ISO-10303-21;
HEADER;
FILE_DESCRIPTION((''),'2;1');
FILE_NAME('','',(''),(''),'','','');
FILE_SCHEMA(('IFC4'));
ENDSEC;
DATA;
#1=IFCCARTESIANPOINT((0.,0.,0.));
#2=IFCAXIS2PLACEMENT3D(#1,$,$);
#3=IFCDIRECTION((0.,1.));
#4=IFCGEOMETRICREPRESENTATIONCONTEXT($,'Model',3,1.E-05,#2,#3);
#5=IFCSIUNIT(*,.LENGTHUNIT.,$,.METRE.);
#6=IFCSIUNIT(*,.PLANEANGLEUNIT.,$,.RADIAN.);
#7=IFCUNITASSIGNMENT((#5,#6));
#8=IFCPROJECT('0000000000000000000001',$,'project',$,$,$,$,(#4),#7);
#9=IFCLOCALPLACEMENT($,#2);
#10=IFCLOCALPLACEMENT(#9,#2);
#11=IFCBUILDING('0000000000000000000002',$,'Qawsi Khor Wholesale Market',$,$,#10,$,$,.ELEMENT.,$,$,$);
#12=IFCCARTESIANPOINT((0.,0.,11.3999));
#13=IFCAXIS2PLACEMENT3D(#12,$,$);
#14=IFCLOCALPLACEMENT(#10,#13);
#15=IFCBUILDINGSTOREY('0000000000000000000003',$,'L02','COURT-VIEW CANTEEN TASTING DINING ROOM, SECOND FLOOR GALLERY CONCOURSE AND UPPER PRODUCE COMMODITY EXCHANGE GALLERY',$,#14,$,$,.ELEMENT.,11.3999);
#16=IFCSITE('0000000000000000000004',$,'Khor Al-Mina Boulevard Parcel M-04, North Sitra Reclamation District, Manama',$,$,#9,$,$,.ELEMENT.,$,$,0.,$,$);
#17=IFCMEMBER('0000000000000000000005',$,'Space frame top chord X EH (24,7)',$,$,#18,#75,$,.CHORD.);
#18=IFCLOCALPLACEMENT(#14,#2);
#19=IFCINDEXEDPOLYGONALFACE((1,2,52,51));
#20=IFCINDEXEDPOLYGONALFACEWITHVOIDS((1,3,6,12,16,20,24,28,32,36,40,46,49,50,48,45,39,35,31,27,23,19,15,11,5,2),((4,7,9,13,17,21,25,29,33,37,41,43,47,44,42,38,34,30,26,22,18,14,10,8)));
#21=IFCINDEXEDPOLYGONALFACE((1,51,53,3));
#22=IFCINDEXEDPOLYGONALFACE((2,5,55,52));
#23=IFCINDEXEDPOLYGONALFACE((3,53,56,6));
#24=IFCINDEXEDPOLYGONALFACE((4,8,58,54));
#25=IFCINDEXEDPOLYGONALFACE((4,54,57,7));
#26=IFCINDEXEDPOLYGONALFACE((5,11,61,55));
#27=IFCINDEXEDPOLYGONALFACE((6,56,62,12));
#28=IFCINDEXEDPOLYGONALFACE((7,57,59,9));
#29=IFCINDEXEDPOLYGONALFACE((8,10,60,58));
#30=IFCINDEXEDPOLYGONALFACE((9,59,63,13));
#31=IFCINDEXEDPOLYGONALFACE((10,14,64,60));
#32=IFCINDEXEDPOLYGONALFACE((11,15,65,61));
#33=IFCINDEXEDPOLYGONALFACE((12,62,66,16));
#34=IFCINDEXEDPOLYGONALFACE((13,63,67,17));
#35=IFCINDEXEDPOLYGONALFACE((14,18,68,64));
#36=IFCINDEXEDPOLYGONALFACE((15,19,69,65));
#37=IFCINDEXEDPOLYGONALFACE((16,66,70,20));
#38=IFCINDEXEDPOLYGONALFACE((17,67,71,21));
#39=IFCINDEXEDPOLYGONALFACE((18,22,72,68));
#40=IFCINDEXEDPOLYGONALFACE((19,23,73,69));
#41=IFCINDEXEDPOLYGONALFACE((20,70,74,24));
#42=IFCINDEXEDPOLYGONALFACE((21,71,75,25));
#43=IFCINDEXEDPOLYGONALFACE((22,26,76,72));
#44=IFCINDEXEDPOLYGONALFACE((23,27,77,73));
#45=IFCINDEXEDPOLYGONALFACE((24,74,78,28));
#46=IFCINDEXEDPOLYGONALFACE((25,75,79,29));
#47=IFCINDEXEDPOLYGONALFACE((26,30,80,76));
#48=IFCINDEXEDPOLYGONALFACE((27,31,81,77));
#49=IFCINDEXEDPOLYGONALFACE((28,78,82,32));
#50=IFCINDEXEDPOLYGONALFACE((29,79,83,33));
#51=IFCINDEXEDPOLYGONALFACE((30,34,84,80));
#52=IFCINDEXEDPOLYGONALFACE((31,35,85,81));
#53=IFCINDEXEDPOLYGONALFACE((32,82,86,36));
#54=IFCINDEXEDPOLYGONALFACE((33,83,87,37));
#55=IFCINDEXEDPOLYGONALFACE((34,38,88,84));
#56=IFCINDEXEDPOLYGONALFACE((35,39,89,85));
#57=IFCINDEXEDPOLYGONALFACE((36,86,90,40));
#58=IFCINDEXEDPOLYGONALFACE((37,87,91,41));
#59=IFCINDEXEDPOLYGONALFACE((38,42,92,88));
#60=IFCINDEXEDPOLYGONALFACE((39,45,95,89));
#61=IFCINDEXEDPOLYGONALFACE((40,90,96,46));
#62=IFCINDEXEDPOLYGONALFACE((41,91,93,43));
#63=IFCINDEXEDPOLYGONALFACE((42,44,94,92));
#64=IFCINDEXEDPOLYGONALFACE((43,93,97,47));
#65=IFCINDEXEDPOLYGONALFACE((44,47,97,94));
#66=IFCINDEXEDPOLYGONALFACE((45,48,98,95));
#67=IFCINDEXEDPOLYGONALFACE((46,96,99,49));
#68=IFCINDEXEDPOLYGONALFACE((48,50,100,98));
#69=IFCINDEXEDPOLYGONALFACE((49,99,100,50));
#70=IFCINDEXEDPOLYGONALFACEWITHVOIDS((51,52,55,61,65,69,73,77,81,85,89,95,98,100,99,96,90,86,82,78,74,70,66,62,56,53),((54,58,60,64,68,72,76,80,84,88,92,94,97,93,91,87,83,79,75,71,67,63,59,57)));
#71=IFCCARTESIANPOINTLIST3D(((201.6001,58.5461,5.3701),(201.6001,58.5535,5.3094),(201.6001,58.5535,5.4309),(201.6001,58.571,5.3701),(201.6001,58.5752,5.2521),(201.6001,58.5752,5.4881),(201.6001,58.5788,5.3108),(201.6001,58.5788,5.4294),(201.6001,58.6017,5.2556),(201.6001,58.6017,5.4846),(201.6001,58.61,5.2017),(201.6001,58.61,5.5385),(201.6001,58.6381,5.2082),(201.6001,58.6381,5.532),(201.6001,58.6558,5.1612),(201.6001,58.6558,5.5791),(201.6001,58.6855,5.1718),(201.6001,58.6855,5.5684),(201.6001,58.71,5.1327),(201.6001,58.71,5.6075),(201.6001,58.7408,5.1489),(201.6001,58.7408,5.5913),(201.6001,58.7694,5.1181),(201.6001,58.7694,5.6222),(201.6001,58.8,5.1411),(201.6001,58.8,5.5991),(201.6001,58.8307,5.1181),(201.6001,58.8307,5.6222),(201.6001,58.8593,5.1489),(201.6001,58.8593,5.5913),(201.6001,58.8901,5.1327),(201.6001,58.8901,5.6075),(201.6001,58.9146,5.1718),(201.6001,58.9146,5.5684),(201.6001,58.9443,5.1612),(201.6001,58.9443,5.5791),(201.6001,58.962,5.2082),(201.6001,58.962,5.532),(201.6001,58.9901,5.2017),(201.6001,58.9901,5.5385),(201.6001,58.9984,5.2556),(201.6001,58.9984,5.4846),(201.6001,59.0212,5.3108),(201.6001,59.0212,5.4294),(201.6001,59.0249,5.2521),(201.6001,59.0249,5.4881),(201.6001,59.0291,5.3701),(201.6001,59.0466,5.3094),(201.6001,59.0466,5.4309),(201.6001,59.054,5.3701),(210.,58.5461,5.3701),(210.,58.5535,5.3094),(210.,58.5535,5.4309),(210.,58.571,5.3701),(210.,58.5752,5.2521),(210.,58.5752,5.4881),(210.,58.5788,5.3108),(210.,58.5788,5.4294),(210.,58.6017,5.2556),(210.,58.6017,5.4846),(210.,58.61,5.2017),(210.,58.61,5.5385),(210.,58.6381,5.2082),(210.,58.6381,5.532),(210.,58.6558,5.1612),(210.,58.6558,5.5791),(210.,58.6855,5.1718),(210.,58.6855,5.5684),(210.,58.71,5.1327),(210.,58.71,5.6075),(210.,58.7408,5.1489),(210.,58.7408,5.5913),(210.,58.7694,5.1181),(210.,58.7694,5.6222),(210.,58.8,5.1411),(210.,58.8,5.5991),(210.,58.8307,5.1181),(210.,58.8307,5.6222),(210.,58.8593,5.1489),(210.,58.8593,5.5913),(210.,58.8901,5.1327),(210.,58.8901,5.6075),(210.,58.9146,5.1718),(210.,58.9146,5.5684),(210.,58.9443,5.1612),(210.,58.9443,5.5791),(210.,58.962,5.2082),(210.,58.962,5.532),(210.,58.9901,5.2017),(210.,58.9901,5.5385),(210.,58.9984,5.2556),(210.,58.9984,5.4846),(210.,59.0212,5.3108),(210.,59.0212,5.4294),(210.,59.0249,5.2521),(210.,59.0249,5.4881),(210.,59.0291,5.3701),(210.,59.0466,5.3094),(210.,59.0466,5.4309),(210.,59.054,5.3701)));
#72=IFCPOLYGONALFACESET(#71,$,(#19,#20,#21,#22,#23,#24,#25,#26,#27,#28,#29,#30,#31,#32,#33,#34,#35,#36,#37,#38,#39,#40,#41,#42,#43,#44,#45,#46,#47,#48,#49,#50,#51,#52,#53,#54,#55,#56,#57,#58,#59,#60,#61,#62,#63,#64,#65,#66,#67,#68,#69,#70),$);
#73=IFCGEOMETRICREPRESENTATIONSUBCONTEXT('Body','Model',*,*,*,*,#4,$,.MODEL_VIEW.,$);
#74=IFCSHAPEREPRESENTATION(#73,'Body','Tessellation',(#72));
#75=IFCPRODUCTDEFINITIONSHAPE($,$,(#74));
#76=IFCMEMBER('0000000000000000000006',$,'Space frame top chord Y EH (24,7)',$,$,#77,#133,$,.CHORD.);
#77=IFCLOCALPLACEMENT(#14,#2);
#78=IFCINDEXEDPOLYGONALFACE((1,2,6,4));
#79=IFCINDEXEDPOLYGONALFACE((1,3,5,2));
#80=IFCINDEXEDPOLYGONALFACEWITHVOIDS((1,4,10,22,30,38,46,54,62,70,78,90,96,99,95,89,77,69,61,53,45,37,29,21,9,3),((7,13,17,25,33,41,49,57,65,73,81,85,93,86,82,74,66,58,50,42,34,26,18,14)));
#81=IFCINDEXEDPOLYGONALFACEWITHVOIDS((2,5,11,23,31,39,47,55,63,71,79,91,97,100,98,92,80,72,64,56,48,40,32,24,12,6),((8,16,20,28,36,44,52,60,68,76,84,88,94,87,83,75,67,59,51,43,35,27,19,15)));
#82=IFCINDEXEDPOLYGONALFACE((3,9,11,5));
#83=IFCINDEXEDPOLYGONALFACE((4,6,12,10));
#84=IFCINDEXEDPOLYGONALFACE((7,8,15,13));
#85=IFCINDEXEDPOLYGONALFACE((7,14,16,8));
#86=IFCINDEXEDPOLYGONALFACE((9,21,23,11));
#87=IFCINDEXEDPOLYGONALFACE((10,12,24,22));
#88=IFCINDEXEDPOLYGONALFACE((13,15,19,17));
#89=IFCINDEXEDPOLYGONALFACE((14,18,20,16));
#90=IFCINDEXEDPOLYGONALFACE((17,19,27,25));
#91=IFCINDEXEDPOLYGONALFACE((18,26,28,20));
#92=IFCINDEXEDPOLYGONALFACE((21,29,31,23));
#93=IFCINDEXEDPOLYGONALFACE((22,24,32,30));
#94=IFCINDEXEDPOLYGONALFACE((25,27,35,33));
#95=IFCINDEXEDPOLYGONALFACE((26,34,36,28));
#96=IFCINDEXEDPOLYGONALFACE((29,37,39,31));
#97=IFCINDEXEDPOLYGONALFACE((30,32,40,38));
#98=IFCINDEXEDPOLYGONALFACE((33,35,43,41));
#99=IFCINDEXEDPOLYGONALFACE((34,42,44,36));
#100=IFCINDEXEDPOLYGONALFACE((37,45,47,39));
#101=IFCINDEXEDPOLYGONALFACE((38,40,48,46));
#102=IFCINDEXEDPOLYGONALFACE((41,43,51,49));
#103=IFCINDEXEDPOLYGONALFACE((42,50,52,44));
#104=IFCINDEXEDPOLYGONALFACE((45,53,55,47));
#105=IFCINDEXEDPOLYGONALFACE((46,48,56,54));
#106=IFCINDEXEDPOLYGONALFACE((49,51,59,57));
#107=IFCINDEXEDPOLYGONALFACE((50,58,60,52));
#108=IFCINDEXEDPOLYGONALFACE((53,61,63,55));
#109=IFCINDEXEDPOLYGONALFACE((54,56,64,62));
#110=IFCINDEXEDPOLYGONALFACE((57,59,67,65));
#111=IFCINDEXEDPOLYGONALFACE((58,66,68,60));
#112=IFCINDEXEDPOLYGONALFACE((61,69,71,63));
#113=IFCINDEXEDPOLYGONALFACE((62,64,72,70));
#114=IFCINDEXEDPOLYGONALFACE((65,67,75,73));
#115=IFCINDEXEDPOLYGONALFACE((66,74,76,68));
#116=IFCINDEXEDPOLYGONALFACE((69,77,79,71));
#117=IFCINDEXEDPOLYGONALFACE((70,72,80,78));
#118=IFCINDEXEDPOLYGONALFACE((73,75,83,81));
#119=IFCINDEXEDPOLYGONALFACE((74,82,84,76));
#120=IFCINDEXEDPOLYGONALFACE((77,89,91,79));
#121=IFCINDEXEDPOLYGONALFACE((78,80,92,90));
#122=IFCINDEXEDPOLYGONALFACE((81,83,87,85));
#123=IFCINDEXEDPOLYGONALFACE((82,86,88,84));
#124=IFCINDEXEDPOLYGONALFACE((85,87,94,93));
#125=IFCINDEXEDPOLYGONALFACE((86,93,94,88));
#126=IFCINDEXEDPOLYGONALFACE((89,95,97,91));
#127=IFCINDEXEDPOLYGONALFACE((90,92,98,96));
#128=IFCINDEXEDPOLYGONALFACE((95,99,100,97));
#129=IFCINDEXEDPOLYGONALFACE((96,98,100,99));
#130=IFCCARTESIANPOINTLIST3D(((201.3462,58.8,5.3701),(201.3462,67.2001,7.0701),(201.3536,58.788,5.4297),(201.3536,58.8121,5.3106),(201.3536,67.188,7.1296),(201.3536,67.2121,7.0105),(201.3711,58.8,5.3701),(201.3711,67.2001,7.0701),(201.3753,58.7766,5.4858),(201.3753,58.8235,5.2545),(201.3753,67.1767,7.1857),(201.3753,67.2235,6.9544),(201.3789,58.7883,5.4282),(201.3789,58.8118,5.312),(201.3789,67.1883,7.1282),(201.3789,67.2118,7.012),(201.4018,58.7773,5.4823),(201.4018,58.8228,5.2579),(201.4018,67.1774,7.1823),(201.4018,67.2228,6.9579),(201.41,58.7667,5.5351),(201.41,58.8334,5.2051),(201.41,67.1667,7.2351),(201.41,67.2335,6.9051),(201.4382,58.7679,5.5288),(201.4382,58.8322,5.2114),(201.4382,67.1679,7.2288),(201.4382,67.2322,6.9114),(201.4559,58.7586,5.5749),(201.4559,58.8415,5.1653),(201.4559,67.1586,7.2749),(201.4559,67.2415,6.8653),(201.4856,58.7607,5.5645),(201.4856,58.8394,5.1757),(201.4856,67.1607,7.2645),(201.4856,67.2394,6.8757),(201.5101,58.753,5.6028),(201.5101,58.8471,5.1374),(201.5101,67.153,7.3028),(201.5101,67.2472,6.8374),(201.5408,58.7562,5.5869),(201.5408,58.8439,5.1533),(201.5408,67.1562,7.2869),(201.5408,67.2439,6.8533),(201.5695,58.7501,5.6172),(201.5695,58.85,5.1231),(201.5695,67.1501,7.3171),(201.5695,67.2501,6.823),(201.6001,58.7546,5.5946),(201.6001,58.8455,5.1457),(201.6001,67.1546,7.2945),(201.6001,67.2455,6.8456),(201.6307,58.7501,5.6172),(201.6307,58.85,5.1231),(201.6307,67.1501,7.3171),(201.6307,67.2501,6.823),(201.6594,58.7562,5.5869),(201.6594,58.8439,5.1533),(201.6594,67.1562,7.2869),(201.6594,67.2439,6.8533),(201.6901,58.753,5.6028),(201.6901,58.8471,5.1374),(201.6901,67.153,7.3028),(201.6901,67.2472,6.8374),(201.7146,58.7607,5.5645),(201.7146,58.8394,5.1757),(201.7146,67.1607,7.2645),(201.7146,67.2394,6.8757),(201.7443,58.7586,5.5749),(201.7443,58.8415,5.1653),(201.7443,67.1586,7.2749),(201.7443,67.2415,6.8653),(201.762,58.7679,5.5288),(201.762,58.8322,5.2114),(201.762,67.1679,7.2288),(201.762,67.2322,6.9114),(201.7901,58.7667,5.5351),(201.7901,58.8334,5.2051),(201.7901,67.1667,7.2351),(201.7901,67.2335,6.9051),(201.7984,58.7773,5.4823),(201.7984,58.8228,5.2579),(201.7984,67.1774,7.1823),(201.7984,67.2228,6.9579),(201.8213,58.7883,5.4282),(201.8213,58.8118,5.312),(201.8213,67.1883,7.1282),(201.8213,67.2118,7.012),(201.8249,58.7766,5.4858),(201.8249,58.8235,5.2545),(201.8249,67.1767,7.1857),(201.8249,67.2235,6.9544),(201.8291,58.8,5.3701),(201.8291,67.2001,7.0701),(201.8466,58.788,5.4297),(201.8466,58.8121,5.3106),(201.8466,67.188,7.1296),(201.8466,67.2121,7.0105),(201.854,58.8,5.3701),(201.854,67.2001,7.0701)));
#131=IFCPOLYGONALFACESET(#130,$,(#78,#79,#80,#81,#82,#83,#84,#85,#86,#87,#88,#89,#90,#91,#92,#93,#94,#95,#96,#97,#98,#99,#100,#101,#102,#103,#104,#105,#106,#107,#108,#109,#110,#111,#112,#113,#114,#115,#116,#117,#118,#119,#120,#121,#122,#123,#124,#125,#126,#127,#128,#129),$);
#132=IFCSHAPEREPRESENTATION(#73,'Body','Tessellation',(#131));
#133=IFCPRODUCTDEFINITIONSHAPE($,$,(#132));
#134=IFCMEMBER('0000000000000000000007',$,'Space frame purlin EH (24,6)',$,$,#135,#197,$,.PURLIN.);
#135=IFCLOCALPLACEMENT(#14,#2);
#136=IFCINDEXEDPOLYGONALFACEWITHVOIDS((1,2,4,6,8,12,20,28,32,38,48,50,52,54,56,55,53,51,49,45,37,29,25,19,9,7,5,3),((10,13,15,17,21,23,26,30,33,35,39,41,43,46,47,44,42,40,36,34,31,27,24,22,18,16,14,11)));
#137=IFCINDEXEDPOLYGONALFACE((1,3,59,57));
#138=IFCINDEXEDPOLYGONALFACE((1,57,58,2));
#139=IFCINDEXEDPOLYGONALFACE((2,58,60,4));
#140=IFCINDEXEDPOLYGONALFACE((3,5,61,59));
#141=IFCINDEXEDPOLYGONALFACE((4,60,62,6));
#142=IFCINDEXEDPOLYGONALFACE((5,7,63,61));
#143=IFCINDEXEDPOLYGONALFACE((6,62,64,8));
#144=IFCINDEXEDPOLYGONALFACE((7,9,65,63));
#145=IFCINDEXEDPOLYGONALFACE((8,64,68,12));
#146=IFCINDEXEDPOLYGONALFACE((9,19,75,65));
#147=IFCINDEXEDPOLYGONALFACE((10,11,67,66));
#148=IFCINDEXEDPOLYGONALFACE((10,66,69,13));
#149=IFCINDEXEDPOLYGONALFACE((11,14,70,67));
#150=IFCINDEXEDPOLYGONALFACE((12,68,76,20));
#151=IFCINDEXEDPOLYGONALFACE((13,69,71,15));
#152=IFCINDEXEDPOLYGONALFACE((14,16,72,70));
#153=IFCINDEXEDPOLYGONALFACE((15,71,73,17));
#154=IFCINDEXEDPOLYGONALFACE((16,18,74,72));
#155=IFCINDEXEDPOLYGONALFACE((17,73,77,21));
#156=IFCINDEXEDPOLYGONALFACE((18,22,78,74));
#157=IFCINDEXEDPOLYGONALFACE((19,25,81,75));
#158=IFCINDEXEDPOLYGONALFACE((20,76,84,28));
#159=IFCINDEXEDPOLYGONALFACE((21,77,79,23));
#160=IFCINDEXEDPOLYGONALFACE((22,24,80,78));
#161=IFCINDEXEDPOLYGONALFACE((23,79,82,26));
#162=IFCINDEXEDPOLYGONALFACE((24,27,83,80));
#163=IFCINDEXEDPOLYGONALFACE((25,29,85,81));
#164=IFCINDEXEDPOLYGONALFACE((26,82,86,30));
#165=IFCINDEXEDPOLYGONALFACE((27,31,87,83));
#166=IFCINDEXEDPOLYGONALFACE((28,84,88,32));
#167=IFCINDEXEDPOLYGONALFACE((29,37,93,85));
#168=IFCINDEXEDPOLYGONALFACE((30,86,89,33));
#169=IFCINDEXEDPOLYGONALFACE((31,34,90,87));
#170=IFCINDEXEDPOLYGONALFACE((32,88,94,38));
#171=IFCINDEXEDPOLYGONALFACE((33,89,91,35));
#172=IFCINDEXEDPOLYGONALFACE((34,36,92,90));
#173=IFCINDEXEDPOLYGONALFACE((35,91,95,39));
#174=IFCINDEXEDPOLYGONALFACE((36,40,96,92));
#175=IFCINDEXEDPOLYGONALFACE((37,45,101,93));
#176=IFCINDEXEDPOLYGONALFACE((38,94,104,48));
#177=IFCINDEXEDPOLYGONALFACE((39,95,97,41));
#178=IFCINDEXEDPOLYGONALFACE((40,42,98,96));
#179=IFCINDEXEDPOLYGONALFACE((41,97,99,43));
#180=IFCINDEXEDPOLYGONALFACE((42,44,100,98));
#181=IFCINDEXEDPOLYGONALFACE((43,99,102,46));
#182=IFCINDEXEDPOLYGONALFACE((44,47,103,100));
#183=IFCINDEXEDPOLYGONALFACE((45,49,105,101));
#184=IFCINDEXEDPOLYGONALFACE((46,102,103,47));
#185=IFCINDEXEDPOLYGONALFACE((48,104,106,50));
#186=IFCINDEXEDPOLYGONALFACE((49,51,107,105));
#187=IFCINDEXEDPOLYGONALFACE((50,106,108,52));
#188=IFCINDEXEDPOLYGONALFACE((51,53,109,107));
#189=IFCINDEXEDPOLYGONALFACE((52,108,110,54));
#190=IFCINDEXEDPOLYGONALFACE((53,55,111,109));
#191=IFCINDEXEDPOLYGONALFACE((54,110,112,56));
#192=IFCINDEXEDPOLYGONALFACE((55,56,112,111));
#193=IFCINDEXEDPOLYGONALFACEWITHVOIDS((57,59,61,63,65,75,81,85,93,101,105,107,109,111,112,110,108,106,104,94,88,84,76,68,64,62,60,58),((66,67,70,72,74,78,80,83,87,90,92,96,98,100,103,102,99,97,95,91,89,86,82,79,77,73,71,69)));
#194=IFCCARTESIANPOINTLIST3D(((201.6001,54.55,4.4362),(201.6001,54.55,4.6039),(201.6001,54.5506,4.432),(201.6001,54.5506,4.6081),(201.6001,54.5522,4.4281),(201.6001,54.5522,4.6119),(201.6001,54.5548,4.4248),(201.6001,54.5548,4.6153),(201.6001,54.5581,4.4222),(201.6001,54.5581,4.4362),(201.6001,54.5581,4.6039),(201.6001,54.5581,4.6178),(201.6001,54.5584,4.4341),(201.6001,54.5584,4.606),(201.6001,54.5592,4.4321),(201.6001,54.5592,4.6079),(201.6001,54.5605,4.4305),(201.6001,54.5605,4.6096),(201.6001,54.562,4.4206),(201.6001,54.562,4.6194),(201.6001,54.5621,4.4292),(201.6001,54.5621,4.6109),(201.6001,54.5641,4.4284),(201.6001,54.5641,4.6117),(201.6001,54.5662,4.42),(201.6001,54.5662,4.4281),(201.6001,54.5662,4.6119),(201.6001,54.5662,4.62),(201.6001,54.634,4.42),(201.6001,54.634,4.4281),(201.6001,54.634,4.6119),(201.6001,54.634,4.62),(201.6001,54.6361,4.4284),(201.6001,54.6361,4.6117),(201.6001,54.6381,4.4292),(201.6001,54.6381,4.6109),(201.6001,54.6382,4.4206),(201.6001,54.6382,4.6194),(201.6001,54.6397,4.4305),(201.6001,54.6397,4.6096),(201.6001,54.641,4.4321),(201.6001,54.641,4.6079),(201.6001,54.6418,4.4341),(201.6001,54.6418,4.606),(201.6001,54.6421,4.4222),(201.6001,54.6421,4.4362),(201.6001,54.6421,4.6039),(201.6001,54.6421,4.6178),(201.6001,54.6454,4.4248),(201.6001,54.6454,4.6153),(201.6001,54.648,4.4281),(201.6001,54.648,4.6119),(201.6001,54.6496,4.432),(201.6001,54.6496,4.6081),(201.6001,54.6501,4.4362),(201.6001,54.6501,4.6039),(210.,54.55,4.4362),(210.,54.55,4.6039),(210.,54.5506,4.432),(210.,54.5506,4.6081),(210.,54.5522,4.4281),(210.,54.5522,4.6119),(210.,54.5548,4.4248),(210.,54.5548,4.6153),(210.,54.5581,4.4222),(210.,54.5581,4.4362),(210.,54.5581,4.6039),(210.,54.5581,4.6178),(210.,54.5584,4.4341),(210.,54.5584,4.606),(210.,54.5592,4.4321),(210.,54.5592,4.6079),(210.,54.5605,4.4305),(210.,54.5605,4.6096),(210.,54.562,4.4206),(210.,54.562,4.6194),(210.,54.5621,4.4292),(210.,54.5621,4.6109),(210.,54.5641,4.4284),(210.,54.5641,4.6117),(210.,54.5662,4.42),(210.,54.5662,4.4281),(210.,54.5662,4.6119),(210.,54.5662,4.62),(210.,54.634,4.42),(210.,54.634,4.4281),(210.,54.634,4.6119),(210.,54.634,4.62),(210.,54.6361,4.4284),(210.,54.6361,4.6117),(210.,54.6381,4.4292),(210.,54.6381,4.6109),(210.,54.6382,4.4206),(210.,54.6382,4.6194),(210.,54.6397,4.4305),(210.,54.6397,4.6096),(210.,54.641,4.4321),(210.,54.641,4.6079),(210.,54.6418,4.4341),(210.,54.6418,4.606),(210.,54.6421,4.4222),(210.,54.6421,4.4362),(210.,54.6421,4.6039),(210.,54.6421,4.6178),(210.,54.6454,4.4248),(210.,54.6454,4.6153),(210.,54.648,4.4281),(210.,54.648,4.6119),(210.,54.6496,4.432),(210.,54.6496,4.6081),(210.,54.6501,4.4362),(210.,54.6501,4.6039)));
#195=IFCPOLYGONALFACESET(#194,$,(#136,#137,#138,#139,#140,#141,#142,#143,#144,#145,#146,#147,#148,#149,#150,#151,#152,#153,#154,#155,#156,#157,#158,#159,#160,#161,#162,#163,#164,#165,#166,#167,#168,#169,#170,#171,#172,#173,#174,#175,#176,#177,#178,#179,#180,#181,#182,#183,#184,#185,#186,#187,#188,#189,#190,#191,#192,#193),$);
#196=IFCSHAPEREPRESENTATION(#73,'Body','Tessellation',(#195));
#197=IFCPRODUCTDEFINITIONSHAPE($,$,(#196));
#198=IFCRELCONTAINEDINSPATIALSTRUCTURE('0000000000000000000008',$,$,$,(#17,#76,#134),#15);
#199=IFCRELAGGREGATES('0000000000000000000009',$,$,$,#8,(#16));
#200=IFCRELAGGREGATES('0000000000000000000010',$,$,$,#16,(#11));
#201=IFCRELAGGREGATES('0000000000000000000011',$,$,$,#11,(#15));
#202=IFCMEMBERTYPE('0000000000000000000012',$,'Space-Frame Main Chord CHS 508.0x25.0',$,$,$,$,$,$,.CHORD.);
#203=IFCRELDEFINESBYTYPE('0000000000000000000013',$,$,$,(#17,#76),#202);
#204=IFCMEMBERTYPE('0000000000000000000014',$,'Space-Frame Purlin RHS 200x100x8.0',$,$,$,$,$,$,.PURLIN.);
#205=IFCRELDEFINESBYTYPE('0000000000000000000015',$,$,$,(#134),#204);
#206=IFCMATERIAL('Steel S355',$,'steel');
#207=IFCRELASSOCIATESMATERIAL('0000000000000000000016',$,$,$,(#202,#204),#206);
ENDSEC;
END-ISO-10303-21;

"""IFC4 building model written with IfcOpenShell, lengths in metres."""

from ifc_helpers import new_model, si_unit, direction, frame, origin, origin_2d, place, context, subcontext, project, spatial, hollow_rectangle, hollow_circle, extrude, material, material_profile, profile_set, type_object, element, save


model = new_model("IFC4")

# Units and contexts
model_context = context("Model", 3, precision=1e-05, world=origin(), true_north=direction((0.0, 1.0)))
body_context = subcontext(model_context, "Body", "Model", "MODEL_VIEW")
ifc_project = project(units=[si_unit("LENGTHUNIT", "METRE"), si_unit("PLANEANGLEUNIT", "RADIAN")], contexts=[model_context])

# Site, building, storey
site_placement = place(None, origin())
site = spatial("IfcSite", under=ifc_project, at=site_placement, Name="Khor Al-Mina Boulevard Parcel M-04, North Sitra Reclamation District, Manama", CompositionType="ELEMENT", RefElevation=0.0)
building_placement = place(site_placement, origin())
building = spatial("IfcBuilding", under=site, at=building_placement, Name="Qawsi Khor Wholesale Market", CompositionType="ELEMENT")
storey_placement = place(building_placement, frame((0.0, 0.0, 11.3999)))
storey = spatial("IfcBuildingStorey", under=building, at=storey_placement, Name="L02", Description="COURT-VIEW CANTEEN TASTING DINING ROOM, SECOND FLOOR GALLERY CONCOURSE AND UPPER PRODUCE COMMODITY EXCHANGE GALLERY", CompositionType="ELEMENT", Elevation=11.3999)

# Members
ifc_material_1 = material(Name="Steel S355", Category="steel")
ifc_material_profile_1 = material_profile(ifc_material_1, hollow_circle(Radius=0.2539, WallThickness=0.0249, at=origin_2d()), Name="CHS 508.0x25.0")
ifc_profile_set_1 = profile_set([ifc_material_profile_1], Name="Steel S355")
member_type_1 = type_object("IfcMemberType", Name="Space-Frame Main Chord CHS 508.0x25.0", PredefinedType="CHORD", material=ifc_profile_set_1)
member_1_placement = place(storey_placement, frame((201.6001, 58.8, 5.3701), z_axis=(1.0, 0.0, 0.0), x_axis=(0.0, 1.0, 0.0)))
element("IfcMember", 1, at=member_1_placement, inside=storey, type_object=member_type_1, Name="Space frame top chord X EH (24,7)", PredefinedType="CHORD", context=body_context, shape_type="SweptSolid", body=[
    extrude(hollow_circle(Radius=0.2539, WallThickness=0.0249, at=origin_2d()), origin(), (0.0, 0.0, 1.0), 8.3999),
])
member_2_placement = place(storey_placement, frame((201.6001, 58.8, 5.3701), z_axis=(0.0, 0.98013, 0.198356), x_axis=(-1.0, 0.0, 0.0)))
element("IfcMember", 2, at=member_2_placement, inside=storey, type_object=member_type_1, Name="Space frame top chord Y EH (24,7)", PredefinedType="CHORD", context=body_context, shape_type="SweptSolid", body=[
    extrude(hollow_circle(Radius=0.2539, WallThickness=0.0249, at=origin_2d()), origin(), (0.0, 0.0, 1.0), 8.5703),
])
ifc_material_profile_2 = material_profile(ifc_material_1, hollow_rectangle(XDim=0.1001, YDim=0.2, WallThickness=0.0081, InnerFilletRadius=0.0081, OuterFilletRadius=0.0161, at=origin_2d()), Name="RHS 200x100x8.0")
ifc_profile_set_2 = profile_set([ifc_material_profile_2], Name="Steel S355")
member_type_2 = type_object("IfcMemberType", Name="Space-Frame Purlin RHS 200x100x8.0", PredefinedType="PURLIN", material=ifc_profile_set_2)
for number, where, z_axis, x_axis, name in (
    (3, (201.6001, 54.6001, 4.52), (1.0, 0.0, 0.0), (0.0, 1.0, 0.0), "Space frame purlin EH (24,6)"),
):
    element("IfcMember", number, at=place(storey_placement, frame(where, z_axis=z_axis, x_axis=x_axis)), inside=storey, type_object=member_type_2, Name=name, PredefinedType="PURLIN", context=body_context, shape_type="SweptSolid", body=[
        extrude(hollow_rectangle(XDim=0.1001, YDim=0.2, WallThickness=0.0081, InnerFilletRadius=0.0081, OuterFilletRadius=0.0161, at=origin_2d()), origin(), (0.0, 0.0, 1.0), 8.3999),
    ])

save(model, "model.ifc")
